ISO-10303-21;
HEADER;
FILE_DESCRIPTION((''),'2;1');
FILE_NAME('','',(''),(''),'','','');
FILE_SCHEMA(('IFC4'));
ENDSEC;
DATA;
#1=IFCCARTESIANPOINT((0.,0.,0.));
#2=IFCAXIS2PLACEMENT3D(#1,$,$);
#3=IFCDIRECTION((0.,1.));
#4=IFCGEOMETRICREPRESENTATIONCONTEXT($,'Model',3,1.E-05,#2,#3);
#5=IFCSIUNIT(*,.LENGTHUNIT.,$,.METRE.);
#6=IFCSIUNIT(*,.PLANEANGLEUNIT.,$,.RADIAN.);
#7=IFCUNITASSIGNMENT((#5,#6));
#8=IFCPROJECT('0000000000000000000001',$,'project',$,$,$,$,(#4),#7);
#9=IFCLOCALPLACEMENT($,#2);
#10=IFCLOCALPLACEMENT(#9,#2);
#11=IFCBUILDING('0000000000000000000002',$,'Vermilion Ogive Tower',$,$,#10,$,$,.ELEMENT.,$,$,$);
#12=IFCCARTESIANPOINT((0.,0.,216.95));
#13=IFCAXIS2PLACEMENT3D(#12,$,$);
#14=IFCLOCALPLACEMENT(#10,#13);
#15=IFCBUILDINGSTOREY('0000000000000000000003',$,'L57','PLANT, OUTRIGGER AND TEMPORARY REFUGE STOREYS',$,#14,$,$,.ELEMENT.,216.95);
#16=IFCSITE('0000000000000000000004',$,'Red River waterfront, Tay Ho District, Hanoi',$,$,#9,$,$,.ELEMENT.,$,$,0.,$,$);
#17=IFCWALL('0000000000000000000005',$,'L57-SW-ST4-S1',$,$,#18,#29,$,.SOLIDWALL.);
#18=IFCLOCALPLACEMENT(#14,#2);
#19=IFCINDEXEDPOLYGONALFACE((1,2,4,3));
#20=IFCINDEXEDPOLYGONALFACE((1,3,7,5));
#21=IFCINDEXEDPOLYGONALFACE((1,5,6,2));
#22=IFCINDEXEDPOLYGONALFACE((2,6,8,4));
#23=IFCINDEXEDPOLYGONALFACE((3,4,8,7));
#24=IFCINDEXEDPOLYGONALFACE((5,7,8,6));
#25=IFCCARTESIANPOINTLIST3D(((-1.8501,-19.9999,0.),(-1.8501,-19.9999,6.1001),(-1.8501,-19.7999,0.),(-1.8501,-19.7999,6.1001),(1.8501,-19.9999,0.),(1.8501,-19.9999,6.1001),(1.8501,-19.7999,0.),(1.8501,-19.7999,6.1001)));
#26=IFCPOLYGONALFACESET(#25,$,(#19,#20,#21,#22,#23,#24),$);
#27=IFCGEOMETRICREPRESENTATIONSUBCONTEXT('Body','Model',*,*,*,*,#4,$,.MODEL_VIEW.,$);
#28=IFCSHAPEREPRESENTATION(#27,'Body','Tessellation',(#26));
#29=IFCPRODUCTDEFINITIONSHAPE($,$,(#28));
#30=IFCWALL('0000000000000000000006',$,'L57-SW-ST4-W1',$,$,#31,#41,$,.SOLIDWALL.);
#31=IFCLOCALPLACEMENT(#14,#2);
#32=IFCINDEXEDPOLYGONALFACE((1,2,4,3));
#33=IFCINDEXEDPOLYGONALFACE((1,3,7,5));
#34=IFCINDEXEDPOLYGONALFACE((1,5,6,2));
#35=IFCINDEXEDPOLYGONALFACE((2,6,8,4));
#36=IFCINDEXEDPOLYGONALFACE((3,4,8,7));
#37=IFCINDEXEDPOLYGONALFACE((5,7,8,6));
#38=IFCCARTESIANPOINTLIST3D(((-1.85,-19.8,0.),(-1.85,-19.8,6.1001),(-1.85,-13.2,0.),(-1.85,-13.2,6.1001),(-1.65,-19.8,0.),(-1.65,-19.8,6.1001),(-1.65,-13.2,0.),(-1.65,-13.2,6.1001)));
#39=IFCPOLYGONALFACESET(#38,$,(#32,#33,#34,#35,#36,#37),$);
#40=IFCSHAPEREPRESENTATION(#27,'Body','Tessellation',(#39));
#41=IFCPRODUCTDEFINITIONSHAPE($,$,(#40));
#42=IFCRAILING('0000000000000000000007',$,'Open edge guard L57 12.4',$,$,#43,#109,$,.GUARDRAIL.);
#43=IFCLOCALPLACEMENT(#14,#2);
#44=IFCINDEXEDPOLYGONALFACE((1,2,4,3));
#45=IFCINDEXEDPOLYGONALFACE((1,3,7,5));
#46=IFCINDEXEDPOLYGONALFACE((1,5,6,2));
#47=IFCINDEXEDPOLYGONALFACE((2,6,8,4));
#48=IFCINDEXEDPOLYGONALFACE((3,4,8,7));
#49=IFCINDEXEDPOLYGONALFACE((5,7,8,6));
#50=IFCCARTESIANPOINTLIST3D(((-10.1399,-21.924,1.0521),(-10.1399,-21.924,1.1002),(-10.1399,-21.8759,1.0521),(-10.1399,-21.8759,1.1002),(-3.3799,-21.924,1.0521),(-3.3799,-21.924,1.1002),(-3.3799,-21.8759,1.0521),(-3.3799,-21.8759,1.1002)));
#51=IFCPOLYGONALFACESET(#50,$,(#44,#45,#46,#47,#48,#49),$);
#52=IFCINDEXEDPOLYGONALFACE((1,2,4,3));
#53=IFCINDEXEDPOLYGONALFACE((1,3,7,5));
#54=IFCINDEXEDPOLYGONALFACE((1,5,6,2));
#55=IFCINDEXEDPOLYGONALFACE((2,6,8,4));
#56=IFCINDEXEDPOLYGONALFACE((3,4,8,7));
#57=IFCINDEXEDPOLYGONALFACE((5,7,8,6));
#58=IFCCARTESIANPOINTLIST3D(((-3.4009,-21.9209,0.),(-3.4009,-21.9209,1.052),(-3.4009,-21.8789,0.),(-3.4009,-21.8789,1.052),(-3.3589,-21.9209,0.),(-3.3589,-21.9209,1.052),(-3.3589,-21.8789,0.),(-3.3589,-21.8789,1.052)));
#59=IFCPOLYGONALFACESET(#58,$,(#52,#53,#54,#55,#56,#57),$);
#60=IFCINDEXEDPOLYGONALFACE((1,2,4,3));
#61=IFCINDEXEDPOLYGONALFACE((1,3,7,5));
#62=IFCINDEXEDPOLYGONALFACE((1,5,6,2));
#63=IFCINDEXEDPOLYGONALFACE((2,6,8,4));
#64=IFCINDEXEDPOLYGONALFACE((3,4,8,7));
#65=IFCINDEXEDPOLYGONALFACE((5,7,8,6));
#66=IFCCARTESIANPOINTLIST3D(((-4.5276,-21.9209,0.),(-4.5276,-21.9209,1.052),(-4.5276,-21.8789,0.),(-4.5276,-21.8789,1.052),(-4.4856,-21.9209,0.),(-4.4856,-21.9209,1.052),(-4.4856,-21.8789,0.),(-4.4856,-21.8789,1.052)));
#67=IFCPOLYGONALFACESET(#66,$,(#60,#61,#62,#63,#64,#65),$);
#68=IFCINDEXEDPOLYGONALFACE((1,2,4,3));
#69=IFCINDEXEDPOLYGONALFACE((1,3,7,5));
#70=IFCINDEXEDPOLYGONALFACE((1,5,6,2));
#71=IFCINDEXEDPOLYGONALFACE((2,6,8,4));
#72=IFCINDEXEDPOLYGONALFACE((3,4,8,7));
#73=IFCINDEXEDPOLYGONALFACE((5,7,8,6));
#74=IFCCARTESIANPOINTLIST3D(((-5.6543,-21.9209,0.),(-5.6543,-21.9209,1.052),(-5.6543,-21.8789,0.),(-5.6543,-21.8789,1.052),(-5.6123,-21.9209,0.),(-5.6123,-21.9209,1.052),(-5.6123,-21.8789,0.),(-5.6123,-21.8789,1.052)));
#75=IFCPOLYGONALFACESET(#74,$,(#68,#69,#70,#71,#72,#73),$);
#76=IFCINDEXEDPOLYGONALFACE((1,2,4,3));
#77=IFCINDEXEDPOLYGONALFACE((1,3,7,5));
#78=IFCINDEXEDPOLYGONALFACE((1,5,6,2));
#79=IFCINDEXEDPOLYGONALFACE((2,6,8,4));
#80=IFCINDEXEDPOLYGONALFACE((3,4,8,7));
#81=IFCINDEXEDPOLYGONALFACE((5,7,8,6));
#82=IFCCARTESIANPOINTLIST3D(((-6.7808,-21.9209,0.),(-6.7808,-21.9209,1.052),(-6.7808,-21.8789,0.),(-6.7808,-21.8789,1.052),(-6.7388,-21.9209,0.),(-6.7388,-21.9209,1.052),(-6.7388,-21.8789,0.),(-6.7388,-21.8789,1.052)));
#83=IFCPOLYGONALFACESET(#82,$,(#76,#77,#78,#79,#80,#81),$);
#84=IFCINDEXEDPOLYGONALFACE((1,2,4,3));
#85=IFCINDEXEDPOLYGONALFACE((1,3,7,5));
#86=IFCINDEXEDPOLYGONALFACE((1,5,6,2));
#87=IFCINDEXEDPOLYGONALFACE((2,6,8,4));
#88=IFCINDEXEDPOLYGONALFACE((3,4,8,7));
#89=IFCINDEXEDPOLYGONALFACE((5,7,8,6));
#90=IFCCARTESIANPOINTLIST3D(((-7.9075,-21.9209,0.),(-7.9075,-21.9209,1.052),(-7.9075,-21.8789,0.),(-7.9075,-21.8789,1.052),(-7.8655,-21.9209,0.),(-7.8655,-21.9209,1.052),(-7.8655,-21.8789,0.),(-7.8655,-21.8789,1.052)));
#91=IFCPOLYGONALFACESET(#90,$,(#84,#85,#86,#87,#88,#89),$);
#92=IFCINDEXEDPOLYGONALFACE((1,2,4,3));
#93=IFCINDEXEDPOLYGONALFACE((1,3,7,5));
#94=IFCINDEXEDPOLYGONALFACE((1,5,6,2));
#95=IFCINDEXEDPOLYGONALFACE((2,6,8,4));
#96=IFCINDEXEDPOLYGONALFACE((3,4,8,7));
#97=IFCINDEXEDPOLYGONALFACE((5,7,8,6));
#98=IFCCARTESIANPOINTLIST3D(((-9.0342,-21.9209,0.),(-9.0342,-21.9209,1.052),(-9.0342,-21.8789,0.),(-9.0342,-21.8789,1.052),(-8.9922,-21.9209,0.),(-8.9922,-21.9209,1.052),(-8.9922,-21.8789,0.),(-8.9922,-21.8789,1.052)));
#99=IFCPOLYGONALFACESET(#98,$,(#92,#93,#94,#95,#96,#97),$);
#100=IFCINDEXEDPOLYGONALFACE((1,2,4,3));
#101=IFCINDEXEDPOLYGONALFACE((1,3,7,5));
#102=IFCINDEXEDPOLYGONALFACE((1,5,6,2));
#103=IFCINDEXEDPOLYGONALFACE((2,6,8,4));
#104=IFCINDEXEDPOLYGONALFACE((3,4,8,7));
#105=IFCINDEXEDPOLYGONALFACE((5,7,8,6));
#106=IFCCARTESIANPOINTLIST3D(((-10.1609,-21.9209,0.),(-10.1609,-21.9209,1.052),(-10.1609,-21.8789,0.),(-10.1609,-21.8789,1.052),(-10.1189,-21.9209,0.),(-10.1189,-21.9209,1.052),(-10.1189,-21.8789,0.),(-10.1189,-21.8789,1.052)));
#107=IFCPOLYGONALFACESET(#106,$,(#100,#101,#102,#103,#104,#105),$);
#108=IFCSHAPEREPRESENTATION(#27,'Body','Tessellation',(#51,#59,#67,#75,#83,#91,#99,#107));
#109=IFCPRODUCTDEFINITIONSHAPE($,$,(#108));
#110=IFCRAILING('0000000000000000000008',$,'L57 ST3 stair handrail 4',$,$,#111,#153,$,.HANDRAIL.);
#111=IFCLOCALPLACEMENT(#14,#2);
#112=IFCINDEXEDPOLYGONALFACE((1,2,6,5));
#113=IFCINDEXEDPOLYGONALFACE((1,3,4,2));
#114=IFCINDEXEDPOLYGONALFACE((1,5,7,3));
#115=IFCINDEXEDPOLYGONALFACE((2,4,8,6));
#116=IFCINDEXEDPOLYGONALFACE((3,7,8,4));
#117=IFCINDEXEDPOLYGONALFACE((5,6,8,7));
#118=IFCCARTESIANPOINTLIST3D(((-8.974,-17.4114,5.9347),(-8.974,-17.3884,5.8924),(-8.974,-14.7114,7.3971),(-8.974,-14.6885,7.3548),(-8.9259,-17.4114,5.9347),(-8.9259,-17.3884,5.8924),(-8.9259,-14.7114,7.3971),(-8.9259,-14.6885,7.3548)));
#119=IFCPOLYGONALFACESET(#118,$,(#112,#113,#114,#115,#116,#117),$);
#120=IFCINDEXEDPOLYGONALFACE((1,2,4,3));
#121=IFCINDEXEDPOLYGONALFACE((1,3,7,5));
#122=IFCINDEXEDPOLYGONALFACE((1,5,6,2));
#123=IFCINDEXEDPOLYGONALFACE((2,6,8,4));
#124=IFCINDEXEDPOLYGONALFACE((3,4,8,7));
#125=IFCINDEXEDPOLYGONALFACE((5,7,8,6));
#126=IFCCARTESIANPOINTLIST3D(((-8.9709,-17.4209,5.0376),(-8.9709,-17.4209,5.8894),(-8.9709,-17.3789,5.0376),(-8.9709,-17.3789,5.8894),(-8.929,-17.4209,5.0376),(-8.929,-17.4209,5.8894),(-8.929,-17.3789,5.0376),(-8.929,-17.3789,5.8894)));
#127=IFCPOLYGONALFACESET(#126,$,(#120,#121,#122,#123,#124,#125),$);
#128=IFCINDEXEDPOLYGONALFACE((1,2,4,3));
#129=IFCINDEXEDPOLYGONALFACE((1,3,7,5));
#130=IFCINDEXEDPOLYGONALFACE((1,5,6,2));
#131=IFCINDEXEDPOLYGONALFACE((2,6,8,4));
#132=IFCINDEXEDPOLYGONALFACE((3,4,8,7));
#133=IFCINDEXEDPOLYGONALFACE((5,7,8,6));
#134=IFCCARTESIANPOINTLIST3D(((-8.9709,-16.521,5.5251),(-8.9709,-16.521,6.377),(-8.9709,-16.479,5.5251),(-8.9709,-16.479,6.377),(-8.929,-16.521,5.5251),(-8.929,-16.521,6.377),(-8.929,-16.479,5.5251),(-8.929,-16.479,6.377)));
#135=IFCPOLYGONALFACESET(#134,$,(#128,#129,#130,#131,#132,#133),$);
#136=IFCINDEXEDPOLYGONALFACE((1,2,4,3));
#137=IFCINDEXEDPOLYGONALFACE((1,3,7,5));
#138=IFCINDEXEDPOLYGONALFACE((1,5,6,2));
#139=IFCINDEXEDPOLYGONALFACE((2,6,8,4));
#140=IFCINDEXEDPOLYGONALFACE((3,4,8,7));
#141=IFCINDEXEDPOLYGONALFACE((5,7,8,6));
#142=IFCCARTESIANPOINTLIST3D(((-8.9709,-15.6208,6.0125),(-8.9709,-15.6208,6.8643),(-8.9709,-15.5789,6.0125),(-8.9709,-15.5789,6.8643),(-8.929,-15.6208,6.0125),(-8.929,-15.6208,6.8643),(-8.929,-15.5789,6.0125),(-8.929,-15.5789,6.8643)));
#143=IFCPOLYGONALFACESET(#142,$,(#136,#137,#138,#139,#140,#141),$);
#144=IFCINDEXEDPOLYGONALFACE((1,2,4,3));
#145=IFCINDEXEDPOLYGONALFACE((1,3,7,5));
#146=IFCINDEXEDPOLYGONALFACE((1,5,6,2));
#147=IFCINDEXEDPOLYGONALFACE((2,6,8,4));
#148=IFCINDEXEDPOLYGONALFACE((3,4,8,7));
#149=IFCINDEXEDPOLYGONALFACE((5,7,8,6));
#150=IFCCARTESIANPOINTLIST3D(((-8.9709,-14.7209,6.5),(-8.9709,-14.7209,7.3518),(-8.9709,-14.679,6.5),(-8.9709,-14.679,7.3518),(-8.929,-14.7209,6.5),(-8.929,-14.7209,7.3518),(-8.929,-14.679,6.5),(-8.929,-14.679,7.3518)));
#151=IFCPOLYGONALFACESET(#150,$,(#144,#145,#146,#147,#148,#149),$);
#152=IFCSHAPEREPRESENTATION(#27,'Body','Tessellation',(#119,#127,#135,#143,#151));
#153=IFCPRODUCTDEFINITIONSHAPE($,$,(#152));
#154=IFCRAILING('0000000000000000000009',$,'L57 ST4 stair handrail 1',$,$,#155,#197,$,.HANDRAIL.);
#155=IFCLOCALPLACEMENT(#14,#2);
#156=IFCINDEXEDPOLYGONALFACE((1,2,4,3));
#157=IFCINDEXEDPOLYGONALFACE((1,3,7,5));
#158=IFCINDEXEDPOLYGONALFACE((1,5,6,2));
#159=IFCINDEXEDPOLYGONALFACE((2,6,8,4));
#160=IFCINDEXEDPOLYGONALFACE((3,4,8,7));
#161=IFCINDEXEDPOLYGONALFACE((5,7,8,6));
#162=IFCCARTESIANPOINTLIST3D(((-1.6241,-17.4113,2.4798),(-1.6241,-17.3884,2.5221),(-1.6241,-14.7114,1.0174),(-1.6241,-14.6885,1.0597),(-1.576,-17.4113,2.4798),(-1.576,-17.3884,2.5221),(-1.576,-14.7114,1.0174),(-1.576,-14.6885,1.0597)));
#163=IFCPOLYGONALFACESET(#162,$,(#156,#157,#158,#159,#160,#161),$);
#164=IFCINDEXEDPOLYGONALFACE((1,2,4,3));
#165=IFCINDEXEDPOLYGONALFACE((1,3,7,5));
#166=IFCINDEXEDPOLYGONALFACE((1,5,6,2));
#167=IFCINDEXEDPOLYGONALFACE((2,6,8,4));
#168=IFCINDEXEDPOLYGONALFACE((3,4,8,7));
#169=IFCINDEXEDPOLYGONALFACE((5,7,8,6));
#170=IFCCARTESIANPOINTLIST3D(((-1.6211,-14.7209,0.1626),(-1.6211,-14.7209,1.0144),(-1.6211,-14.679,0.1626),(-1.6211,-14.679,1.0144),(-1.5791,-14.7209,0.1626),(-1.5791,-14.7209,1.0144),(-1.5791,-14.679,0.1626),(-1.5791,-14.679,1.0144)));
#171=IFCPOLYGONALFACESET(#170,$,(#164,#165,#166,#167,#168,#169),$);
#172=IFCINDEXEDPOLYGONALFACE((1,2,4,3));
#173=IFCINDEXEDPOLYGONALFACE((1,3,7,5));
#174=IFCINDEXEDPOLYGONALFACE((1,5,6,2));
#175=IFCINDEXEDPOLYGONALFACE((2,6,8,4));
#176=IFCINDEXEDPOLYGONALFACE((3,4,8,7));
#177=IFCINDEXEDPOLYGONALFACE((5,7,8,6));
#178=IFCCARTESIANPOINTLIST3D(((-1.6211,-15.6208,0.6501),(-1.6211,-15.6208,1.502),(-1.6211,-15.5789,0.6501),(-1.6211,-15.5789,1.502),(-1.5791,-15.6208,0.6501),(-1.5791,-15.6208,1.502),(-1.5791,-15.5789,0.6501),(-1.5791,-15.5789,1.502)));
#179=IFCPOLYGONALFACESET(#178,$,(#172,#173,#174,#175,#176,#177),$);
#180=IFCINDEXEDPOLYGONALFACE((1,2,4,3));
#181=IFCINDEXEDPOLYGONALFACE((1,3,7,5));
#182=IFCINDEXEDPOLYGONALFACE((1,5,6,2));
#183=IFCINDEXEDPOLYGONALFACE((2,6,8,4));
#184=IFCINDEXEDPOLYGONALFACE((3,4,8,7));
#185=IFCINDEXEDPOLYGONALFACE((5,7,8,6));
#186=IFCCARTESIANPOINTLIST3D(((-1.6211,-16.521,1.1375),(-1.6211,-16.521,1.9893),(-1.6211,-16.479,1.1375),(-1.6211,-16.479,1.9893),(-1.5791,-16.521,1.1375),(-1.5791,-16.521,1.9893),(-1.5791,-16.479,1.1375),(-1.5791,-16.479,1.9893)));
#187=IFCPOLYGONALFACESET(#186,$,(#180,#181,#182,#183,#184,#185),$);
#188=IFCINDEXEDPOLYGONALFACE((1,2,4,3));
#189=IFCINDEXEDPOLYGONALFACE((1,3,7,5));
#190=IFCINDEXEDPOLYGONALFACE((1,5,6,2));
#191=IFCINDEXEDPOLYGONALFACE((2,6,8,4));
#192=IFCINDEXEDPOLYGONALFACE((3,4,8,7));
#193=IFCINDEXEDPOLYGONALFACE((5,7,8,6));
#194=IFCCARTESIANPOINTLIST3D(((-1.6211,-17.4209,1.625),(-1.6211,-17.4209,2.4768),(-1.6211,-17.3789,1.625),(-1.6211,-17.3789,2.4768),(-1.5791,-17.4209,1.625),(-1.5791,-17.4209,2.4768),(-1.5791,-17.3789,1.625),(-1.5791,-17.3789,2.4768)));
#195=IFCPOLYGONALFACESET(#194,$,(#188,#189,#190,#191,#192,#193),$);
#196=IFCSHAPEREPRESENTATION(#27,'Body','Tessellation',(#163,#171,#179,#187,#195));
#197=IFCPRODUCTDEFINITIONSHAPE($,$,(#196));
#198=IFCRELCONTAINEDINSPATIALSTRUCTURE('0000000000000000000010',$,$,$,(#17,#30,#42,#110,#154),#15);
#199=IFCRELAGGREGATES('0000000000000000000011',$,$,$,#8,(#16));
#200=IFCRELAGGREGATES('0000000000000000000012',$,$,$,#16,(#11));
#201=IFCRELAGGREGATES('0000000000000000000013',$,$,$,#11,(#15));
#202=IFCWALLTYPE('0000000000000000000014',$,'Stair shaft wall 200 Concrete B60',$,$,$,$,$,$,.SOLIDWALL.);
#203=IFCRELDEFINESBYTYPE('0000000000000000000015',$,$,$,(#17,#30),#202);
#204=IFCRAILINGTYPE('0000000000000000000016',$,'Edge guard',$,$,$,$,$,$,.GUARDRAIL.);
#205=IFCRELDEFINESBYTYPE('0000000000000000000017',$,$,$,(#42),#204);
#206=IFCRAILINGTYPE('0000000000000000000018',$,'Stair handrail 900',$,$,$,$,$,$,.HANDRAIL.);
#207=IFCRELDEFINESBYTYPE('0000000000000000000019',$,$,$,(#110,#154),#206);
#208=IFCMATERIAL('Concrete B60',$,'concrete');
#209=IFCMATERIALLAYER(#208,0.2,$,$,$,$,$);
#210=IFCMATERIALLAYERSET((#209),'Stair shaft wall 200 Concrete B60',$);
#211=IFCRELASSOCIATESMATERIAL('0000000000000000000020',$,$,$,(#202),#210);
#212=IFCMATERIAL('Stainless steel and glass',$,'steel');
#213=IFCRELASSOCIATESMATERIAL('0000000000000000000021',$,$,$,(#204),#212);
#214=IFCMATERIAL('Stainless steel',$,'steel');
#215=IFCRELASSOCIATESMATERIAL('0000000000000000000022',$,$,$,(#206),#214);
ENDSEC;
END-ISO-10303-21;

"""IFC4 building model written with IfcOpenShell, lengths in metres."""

from ifc_helpers import new_model, si_unit, direction, frame, frame_2d, origin, origin_2d, place, context, subcontext, project, spatial, rectangle, extrude, material, layer, layer_set, type_object, element, save


model = new_model("IFC4")

# Units and contexts
model_context = context("Model", 3, precision=1e-05, world=origin(), true_north=direction((0.0, 1.0)))
body_context = subcontext(model_context, "Body", "Model", "MODEL_VIEW")
ifc_project = project(units=[si_unit("LENGTHUNIT", "METRE"), si_unit("PLANEANGLEUNIT", "RADIAN")], contexts=[model_context])

# Site, building, storey
site_placement = place(None, origin())
site = spatial("IfcSite", under=ifc_project, at=site_placement, Name="Red River waterfront, Tay Ho District, Hanoi", CompositionType="ELEMENT", RefElevation=0.0)
building_placement = place(site_placement, origin())
building = spatial("IfcBuilding", under=site, at=building_placement, Name="Vermilion Ogive Tower", CompositionType="ELEMENT")
storey_placement = place(building_placement, frame((0.0, 0.0, 216.95)))
storey = spatial("IfcBuildingStorey", under=building, at=storey_placement, Name="L57", Description="PLANT, OUTRIGGER AND TEMPORARY REFUGE STOREYS", CompositionType="ELEMENT", Elevation=216.95)

# Walls
ifc_material_1 = material(Name="Concrete B60", Category="concrete")
ifc_layer_1 = layer(ifc_material_1, 0.2)
ifc_layer_set_1 = layer_set([ifc_layer_1], Name="Stair shaft wall 200 Concrete B60")
wall_type = type_object("IfcWallType", Name="Stair shaft wall 200 Concrete B60", PredefinedType="SOLIDWALL", material=ifc_layer_set_1)
wall_1_placement = place(storey_placement, frame((-1.8501, -19.8999, 0.0), z_axis=(0.0, 0.0, 1.0), x_axis=(1.0, 0.0, 0.0)))
element("IfcWall", 1, at=wall_1_placement, inside=storey, type_object=wall_type, Name="L57-SW-ST4-S1", PredefinedType="SOLIDWALL", context=body_context, shape_type="SweptSolid", body=[
    extrude(rectangle(XDim=3.7002, YDim=0.2, at=frame_2d((1.8501, 0.0))), origin(), (0.0, 0.0, 1.0), 6.1001),
])
wall_2_placement = place(storey_placement, frame((-1.75, -19.8, 0.0), z_axis=(0.0, 0.0, 1.0), x_axis=(0.0, 1.0, 0.0)))
element("IfcWall", 2, at=wall_2_placement, inside=storey, type_object=wall_type, Name="L57-SW-ST4-W1", PredefinedType="SOLIDWALL", context=body_context, shape_type="SweptSolid", body=[
    extrude(rectangle(XDim=6.6001, YDim=0.2, at=frame_2d((3.3, 0.0))), origin(), (0.0, 0.0, 1.0), 6.1001),
])

# Railings
ifc_material_2 = material(Name="Stainless steel and glass", Category="steel")
railing_type_1 = type_object("IfcRailingType", Name="Edge guard", PredefinedType="GUARDRAIL", material=ifc_material_2)
railing_1_placement = place(storey_placement, frame((-3.3799, -21.8999, 0.0)))
element("IfcRailing", 3, at=railing_1_placement, inside=storey, type_object=railing_type_1, Name="Open edge guard L57 12.4", PredefinedType="GUARDRAIL", context=body_context, shape_type="SweptSolid", body=[
    extrude(rectangle(XDim=0.0481, YDim=0.0481, at=origin_2d()), frame((0.0, 0.0, 1.0762), z_axis=(-1.0, 0.0, 0.0), x_axis=(0.0, -1.0, 0.0)), (0.0, 0.0, 1.0), 6.76),
    extrude(rectangle(XDim=0.042, YDim=0.042, at=origin_2d()), origin(), (0.0, 0.0, 1.0), 1.052),
    extrude(rectangle(XDim=0.042, YDim=0.042, at=origin_2d()), frame((-1.1267, 0.0, 0.0)), (0.0, 0.0, 1.0), 1.052),
    extrude(rectangle(XDim=0.042, YDim=0.042, at=origin_2d()), frame((-2.2534, 0.0, 0.0)), (0.0, 0.0, 1.0), 1.052),
    extrude(rectangle(XDim=0.042, YDim=0.042, at=origin_2d()), frame((-3.3799, 0.0, 0.0)), (0.0, 0.0, 1.0), 1.052),
    extrude(rectangle(XDim=0.042, YDim=0.042, at=origin_2d()), frame((-4.5066, 0.0, 0.0)), (0.0, 0.0, 1.0), 1.052),
    extrude(rectangle(XDim=0.042, YDim=0.042, at=origin_2d()), frame((-5.6333, 0.0, 0.0)), (0.0, 0.0, 1.0), 1.052),
    extrude(rectangle(XDim=0.042, YDim=0.042, at=origin_2d()), frame((-6.76, 0.0, 0.0)), (0.0, 0.0, 1.0), 1.052),
])
ifc_material_3 = material(Name="Stainless steel", Category="steel")
railing_type_2 = type_object("IfcRailingType", Name="Stair handrail 900", PredefinedType="HANDRAIL", material=ifc_material_3)
railing_2_placement = place(storey_placement, frame((-8.95, -17.3999, 5.0376)))
element("IfcRailing", 4, at=railing_2_placement, inside=storey, type_object=railing_type_2, Name="L57 ST3 stair handrail 4", PredefinedType="HANDRAIL", context=body_context, shape_type="SweptSolid", body=[
    extrude(rectangle(XDim=0.0481, YDim=0.0481, at=origin_2d()), frame((0.0, 0.0, 0.876), z_axis=(0.0, 0.879302, 0.476265), x_axis=(-1.0, 0.0, 0.0)), (0.0, 0.0, 1.0), 3.0706),
    extrude(rectangle(XDim=0.042, YDim=0.042, at=origin_2d()), origin(), (0.0, 0.0, 1.0), 0.8518),
    extrude(rectangle(XDim=0.042, YDim=0.042, at=origin_2d()), frame((0.0, 0.8999, 0.4875)), (0.0, 0.0, 1.0), 0.8518),
    extrude(rectangle(XDim=0.042, YDim=0.042, at=origin_2d()), frame((0.0, 1.8, 0.9749)), (0.0, 0.0, 1.0), 0.8518),
    extrude(rectangle(XDim=0.042, YDim=0.042, at=origin_2d()), frame((0.0, 2.7, 1.4624)), (0.0, 0.0, 1.0), 0.8518),
])
railing_3_placement = place(storey_placement, frame((-1.6001, -14.7, 0.1626)))
element("IfcRailing", 5, at=railing_3_placement, inside=storey, type_object=railing_type_2, Name="L57 ST4 stair handrail 1", PredefinedType="HANDRAIL", context=body_context, shape_type="SweptSolid", body=[
    extrude(rectangle(XDim=0.0481, YDim=0.0481, at=origin_2d()), frame((0.0, 0.0, 0.876), z_axis=(0.0, -0.879302, 0.476265), x_axis=(1.0, 0.0, 0.0)), (0.0, 0.0, 1.0), 3.0706),
    extrude(rectangle(XDim=0.042, YDim=0.042, at=origin_2d()), origin(), (0.0, 0.0, 1.0), 0.8518),
    extrude(rectangle(XDim=0.042, YDim=0.042, at=origin_2d()), frame((0.0, -0.8999, 0.4875)), (0.0, 0.0, 1.0), 0.8518),
    extrude(rectangle(XDim=0.042, YDim=0.042, at=origin_2d()), frame((0.0, -1.8, 0.9749)), (0.0, 0.0, 1.0), 0.8518),
    extrude(rectangle(XDim=0.042, YDim=0.042, at=origin_2d()), frame((0.0, -2.7, 1.4624)), (0.0, 0.0, 1.0), 0.8518),
])

save(model, "model.ifc")
